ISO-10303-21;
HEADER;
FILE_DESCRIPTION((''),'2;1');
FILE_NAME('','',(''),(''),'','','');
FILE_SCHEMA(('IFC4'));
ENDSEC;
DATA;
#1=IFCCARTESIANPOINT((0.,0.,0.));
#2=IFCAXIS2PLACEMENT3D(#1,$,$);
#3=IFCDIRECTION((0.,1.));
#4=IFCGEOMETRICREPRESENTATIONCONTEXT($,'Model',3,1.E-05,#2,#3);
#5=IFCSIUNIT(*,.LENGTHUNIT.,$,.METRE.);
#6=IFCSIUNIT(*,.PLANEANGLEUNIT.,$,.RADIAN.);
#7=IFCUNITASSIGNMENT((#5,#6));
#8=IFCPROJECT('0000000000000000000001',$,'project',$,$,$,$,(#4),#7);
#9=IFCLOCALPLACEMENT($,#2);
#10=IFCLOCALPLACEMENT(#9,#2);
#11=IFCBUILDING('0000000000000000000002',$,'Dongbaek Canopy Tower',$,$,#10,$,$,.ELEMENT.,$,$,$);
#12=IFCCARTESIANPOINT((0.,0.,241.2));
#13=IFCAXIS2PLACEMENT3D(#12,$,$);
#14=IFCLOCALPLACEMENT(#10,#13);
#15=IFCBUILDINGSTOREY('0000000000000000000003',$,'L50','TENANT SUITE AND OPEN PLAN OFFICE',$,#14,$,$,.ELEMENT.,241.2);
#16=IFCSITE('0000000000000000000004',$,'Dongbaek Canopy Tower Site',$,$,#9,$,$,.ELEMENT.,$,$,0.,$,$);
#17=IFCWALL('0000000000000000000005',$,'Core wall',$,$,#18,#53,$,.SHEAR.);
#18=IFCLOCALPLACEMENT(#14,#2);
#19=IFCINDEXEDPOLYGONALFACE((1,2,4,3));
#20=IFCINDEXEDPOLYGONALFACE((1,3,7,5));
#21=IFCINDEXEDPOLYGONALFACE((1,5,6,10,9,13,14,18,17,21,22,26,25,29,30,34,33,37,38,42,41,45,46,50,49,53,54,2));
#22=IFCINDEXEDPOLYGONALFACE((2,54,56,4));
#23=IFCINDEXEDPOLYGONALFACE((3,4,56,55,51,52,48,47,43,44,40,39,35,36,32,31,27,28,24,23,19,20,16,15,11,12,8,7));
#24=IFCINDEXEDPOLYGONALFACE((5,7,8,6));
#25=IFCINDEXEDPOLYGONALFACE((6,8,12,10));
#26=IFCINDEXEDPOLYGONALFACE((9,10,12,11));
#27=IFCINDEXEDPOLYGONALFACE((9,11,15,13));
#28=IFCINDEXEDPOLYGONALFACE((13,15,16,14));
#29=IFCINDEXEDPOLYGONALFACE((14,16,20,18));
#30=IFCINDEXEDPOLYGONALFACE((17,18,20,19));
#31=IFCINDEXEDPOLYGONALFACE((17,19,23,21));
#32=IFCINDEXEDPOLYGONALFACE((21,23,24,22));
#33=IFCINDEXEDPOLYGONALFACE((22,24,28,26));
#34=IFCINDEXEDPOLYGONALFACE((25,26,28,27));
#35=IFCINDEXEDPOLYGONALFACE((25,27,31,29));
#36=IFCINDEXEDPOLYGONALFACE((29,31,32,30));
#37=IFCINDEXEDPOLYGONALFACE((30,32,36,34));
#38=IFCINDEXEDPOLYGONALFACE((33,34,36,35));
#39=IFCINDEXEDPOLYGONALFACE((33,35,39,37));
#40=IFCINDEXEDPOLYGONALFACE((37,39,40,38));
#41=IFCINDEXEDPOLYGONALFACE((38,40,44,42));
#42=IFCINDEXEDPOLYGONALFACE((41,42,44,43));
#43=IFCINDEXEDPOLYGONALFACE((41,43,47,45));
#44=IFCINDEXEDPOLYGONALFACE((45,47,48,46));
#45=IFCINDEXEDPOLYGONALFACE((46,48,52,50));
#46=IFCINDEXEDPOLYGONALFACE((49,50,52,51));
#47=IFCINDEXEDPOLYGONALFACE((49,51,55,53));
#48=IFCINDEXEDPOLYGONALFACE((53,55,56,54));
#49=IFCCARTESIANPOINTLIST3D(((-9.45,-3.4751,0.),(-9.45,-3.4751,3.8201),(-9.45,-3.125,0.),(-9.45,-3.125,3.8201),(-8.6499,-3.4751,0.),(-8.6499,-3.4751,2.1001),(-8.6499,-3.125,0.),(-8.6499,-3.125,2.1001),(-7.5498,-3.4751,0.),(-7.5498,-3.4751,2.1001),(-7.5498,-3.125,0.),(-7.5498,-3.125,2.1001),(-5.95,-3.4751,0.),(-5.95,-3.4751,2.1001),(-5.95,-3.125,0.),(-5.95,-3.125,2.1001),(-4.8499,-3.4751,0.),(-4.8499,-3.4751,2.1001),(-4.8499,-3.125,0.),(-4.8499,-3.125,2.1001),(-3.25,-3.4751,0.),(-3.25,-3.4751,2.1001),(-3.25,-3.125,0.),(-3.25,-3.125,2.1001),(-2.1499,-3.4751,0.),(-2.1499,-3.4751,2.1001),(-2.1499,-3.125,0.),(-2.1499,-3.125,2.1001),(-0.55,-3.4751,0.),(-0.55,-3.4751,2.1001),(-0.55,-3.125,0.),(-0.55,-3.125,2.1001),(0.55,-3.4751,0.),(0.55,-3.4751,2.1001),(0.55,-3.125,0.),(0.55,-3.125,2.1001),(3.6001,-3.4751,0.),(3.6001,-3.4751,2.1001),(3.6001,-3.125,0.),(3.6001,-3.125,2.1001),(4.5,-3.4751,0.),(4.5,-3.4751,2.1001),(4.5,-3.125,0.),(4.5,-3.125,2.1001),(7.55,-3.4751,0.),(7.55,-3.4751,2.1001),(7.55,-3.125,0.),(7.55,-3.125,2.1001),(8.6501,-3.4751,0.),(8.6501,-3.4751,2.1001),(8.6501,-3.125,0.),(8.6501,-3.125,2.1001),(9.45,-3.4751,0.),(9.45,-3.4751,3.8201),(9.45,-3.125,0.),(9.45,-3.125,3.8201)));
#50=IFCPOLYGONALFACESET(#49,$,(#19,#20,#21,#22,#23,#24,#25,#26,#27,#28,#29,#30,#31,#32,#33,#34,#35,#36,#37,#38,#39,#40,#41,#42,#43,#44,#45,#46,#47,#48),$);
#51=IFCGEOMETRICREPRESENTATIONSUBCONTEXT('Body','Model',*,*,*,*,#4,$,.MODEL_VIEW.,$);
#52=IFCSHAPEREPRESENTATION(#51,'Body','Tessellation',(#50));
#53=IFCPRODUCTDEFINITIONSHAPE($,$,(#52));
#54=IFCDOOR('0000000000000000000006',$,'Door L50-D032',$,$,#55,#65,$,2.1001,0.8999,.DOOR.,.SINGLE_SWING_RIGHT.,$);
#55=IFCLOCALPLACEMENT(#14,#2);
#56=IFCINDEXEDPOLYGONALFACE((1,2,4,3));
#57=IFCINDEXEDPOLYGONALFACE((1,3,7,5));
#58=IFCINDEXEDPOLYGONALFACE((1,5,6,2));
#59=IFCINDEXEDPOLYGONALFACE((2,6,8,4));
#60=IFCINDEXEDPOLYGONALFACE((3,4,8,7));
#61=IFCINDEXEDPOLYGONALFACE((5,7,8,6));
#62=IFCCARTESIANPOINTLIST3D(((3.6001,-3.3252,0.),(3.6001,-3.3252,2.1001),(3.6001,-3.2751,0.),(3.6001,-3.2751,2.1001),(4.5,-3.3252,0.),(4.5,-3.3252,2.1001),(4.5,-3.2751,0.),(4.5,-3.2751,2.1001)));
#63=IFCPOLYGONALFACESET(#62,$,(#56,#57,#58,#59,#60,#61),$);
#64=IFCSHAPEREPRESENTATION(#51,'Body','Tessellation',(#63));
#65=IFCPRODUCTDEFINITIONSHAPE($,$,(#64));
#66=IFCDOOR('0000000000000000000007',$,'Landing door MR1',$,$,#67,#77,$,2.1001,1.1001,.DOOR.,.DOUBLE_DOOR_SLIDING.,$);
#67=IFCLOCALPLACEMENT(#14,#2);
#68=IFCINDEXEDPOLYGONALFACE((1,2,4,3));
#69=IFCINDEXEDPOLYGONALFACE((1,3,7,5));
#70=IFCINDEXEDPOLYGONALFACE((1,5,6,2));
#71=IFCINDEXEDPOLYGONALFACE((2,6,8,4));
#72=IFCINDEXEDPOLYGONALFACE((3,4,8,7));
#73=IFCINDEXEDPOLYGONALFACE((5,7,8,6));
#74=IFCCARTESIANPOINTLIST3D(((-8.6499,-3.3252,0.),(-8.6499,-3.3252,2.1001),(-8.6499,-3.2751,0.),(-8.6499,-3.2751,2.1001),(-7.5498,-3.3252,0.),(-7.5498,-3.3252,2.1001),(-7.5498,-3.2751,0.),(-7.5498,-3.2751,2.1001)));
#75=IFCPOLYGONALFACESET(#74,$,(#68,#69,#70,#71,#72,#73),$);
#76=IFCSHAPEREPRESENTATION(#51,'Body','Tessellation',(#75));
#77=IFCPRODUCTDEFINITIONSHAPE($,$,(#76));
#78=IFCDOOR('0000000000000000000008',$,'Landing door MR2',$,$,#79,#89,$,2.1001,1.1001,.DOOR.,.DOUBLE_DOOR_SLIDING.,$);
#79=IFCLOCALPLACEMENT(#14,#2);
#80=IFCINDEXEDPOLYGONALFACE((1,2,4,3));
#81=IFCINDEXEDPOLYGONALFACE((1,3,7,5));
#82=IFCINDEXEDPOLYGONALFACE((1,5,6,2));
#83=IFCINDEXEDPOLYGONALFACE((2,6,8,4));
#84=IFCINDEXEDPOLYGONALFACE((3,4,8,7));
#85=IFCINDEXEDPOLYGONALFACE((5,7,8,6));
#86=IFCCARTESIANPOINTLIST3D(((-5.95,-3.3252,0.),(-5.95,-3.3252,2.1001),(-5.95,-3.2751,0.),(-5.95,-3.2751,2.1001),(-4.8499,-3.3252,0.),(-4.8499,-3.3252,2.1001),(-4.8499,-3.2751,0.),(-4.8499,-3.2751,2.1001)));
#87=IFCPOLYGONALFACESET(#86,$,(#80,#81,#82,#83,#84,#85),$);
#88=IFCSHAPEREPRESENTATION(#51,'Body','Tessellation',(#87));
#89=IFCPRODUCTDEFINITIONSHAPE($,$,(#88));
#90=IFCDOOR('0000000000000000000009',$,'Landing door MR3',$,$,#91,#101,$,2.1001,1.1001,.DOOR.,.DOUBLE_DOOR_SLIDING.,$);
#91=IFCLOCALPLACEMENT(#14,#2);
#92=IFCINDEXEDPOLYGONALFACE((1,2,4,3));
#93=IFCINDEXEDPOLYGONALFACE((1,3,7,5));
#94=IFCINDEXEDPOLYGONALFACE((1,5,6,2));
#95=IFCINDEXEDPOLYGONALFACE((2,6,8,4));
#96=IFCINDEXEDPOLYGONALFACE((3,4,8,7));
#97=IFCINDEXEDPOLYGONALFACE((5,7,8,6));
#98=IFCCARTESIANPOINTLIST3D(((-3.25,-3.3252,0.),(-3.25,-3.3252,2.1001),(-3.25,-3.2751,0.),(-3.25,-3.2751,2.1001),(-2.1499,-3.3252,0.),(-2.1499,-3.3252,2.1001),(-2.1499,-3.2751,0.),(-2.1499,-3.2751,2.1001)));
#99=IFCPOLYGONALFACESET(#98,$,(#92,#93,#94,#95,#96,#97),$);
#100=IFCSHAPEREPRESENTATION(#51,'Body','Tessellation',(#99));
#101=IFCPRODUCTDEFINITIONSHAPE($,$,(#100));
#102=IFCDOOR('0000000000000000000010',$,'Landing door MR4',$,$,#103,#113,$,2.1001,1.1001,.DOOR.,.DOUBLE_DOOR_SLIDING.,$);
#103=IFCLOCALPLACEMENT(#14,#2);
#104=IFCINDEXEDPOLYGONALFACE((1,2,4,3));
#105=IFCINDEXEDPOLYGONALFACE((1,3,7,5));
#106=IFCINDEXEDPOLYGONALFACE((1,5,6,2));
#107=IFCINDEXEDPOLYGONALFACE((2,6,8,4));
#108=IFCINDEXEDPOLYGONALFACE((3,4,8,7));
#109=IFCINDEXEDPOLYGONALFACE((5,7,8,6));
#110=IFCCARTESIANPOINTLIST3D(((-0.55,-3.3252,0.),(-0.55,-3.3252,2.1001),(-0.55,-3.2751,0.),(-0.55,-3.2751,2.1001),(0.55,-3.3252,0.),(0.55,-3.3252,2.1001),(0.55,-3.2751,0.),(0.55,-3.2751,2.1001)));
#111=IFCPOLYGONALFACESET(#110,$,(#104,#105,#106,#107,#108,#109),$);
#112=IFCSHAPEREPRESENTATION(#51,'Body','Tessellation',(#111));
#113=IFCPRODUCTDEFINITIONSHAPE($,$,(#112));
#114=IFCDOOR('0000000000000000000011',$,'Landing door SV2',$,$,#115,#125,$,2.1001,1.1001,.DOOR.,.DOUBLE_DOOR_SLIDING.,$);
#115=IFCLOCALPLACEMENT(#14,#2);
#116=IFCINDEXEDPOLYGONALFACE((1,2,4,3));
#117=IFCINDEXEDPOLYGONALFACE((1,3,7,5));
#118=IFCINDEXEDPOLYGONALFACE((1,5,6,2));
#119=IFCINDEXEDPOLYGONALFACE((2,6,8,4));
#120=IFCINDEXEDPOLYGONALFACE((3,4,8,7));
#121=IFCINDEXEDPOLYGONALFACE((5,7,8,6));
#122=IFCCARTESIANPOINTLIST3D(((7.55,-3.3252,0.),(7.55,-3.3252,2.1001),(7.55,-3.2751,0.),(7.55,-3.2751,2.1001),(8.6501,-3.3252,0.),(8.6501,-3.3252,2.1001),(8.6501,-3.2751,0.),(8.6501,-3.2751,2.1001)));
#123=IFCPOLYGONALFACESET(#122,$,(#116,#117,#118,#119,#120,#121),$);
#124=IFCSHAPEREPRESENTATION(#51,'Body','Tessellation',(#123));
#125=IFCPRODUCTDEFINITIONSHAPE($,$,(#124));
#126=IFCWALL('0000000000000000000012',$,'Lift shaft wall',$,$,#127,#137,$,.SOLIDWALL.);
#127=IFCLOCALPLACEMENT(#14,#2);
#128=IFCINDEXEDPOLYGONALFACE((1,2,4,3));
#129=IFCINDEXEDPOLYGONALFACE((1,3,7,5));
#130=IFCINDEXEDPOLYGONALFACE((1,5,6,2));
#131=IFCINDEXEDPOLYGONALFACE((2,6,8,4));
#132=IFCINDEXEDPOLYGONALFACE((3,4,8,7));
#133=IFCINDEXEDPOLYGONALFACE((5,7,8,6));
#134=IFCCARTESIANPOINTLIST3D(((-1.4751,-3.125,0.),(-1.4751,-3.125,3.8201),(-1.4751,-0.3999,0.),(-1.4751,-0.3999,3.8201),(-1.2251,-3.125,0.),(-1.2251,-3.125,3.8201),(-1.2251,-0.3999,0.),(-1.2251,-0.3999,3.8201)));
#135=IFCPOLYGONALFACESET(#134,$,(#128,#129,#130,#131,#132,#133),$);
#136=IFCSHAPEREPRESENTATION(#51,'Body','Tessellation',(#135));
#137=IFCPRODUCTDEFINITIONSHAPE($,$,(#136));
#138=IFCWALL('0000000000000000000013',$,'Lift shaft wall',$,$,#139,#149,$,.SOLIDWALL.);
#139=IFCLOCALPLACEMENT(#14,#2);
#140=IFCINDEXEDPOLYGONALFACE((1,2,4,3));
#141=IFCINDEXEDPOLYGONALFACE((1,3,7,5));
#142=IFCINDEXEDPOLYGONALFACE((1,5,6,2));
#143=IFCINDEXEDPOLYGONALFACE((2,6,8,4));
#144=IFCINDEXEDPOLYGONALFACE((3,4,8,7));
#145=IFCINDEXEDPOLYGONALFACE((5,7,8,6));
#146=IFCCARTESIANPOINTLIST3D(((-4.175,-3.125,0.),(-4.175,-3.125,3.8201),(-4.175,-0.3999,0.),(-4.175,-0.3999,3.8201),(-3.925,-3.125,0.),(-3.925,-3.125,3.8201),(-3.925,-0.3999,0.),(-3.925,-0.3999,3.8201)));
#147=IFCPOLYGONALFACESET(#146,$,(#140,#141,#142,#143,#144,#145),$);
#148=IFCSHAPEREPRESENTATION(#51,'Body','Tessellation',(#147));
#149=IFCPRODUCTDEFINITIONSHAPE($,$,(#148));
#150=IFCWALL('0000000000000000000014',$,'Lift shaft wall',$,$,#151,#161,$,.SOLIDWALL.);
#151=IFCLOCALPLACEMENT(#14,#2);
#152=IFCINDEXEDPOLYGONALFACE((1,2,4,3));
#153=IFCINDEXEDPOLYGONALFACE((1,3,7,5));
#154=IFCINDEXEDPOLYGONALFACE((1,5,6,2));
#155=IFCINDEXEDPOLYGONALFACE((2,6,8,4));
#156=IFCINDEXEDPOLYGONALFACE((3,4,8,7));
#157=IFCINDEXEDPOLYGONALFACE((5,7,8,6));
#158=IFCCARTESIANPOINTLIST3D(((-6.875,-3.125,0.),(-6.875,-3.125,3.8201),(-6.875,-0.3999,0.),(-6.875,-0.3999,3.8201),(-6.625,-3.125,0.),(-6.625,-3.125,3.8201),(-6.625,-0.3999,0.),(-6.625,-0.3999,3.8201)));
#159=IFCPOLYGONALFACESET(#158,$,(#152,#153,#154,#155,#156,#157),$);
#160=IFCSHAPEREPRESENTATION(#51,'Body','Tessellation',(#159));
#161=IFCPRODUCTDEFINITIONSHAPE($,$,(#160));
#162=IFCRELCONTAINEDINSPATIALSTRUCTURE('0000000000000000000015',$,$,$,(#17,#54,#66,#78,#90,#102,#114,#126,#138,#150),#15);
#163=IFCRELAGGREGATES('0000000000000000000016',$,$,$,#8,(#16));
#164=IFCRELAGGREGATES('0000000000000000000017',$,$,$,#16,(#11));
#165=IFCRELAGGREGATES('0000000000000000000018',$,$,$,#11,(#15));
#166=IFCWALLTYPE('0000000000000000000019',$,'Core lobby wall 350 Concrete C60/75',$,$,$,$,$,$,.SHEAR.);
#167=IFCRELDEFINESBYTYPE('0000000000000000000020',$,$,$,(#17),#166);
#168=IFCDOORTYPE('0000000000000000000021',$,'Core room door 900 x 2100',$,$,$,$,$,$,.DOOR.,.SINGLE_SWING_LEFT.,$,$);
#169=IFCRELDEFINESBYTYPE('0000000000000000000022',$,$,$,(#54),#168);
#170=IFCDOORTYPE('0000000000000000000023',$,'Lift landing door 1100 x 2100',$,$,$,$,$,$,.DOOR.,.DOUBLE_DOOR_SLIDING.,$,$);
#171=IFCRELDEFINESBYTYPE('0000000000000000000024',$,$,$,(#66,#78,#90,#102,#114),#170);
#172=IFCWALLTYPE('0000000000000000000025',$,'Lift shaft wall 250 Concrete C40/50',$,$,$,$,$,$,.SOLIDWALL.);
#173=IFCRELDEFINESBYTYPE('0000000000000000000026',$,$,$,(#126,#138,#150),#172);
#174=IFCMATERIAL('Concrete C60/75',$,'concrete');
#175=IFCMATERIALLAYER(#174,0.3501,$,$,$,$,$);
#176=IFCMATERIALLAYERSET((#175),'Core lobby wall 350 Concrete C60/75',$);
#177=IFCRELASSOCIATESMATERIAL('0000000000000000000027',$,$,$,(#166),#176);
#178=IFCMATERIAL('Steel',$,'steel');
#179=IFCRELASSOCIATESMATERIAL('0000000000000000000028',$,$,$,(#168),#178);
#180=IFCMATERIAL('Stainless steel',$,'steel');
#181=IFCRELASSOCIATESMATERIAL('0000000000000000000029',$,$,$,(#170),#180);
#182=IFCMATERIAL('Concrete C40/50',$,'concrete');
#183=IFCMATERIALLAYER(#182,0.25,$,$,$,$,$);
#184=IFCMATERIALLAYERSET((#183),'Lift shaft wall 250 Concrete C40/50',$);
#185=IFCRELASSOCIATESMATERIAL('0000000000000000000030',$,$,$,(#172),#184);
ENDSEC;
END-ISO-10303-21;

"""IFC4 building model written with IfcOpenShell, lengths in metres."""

from ifc_helpers import new_model, si_unit, direction, frame, frame_2d, origin, place, context, subcontext, project, spatial, rectangle, extrude, material, layer, layer_set, type_object, element, fill, save


model = new_model("IFC4")

# Units and contexts
model_context = context("Model", 3, precision=1e-05, world=origin(), true_north=direction((0.0, 1.0)))
body_context = subcontext(model_context, "Body", "Model", "MODEL_VIEW")
ifc_project = project(units=[si_unit("LENGTHUNIT", "METRE"), si_unit("PLANEANGLEUNIT", "RADIAN")], contexts=[model_context])

# Site, building, storey
site_placement = place(None, origin())
site = spatial("IfcSite", under=ifc_project, at=site_placement, Name="Dongbaek Canopy Tower Site", CompositionType="ELEMENT", RefElevation=0.0)
building_placement = place(site_placement, origin())
building = spatial("IfcBuilding", under=site, at=building_placement, Name="Dongbaek Canopy Tower", CompositionType="ELEMENT")
storey_placement = place(building_placement, frame((0.0, 0.0, 241.2)))
storey = spatial("IfcBuildingStorey", under=building, at=storey_placement, Name="L50", Description="TENANT SUITE AND OPEN PLAN OFFICE", CompositionType="ELEMENT", Elevation=241.2)

# Wall, openings, doors
ifc_material_1 = material(Name="Concrete C60/75", Category="concrete")
ifc_layer_1 = layer(ifc_material_1, 0.3501)
ifc_layer_set_1 = layer_set([ifc_layer_1], Name="Core lobby wall 350 Concrete C60/75")
wall_type_1 = type_object("IfcWallType", Name="Core lobby wall 350 Concrete C60/75", PredefinedType="SHEAR", material=ifc_layer_set_1)
wall_1_placement = place(storey_placement, frame((-9.45, -3.3, 0.0), z_axis=(0.0, 0.0, 1.0), x_axis=(1.0, 0.0, 0.0)))
wall_1 = element("IfcWall", 1, at=wall_1_placement, inside=storey, type_object=wall_type_1, Name="Core wall", PredefinedType="SHEAR", context=body_context, shape_type="SweptSolid", body=[
    extrude(rectangle(XDim=18.8999, YDim=0.3501, at=frame_2d((9.45, 0.0))), origin(), (0.0, 0.0, 1.0), 3.8201),
])
opening_1_placement = place(wall_1_placement, frame((0.8, 0.0, 0.0)))
opening_1 = element("IfcOpeningElement", 2, at=opening_1_placement, cuts=wall_1, PredefinedType="OPENING", context=body_context, shape_type="SweptSolid", body=[
    extrude(rectangle(XDim=1.1001, YDim=2.1001, at=frame_2d((0.55, 1.05))), frame((0.0, 0.1851, 0.0), z_axis=(0.0, -1.0, 0.0), x_axis=(1.0, 0.0, 0.0)), (0.0, 0.0, 1.0), 0.3701),
])
opening_2_placement = place(wall_1_placement, frame((3.5, 0.0, 0.0)))
opening_2 = element("IfcOpeningElement", 3, at=opening_2_placement, cuts=wall_1, PredefinedType="OPENING", context=body_context, shape_type="SweptSolid", body=[
    extrude(rectangle(XDim=1.1001, YDim=2.1001, at=frame_2d((0.55, 1.05))), frame((0.0, 0.1851, 0.0), z_axis=(0.0, -1.0, 0.0), x_axis=(1.0, 0.0, 0.0)), (0.0, 0.0, 1.0), 0.3701),
])
opening_3_placement = place(wall_1_placement, frame((6.2, 0.0, 0.0)))
opening_3 = element("IfcOpeningElement", 4, at=opening_3_placement, cuts=wall_1, PredefinedType="OPENING", context=body_context, shape_type="SweptSolid", body=[
    extrude(rectangle(XDim=1.1001, YDim=2.1001, at=frame_2d((0.55, 1.05))), frame((0.0, 0.1851, 0.0), z_axis=(0.0, -1.0, 0.0), x_axis=(1.0, 0.0, 0.0)), (0.0, 0.0, 1.0), 0.3701),
])
opening_4_placement = place(wall_1_placement, frame((8.8999, 0.0, 0.0)))
opening_4 = element("IfcOpeningElement", 5, at=opening_4_placement, cuts=wall_1, PredefinedType="OPENING", context=body_context, shape_type="SweptSolid", body=[
    extrude(rectangle(XDim=1.1001, YDim=2.1001, at=frame_2d((0.55, 1.05))), frame((0.0, 0.1851, 0.0), z_axis=(0.0, -1.0, 0.0), x_axis=(1.0, 0.0, 0.0)), (0.0, 0.0, 1.0), 0.3701),
])
opening_5_placement = place(wall_1_placement, frame((17.0, 0.0, 0.0)))
opening_5 = element("IfcOpeningElement", 6, at=opening_5_placement, cuts=wall_1, PredefinedType="OPENING", context=body_context, shape_type="SweptSolid", body=[
    extrude(rectangle(XDim=1.1001, YDim=2.1001, at=frame_2d((0.55, 1.05))), frame((0.0, 0.1851, 0.0), z_axis=(0.0, -1.0, 0.0), x_axis=(1.0, 0.0, 0.0)), (0.0, 0.0, 1.0), 0.3701),
])
opening_6_placement = place(wall_1_placement, frame((13.05, 0.0, 0.0)))
opening_6 = element("IfcOpeningElement", 7, at=opening_6_placement, cuts=wall_1, PredefinedType="OPENING", context=body_context, shape_type="SweptSolid", body=[
    extrude(rectangle(XDim=0.8999, YDim=2.1001, at=frame_2d((0.45, 1.05))), frame((0.0, 0.1851, 0.0), z_axis=(0.0, -1.0, 0.0), x_axis=(1.0, 0.0, 0.0)), (0.0, 0.0, 1.0), 0.3701),
])
ifc_material_2 = material(Name="Steel", Category="steel")
door_type_1 = type_object("IfcDoorType", Name="Core room door 900 x 2100", OperationType="SINGLE_SWING_LEFT", PredefinedType="DOOR", material=ifc_material_2)
door_1_placement = place(opening_6_placement, origin())
door_1 = element("IfcDoor", 8, at=door_1_placement, inside=storey, type_object=door_type_1, Name="Door L50-D032", OperationType="SINGLE_SWING_RIGHT", OverallHeight=2.1001, OverallWidth=0.8999, PredefinedType="DOOR", context=body_context, shape_type="SweptSolid", body=[
    extrude(rectangle(XDim=0.8999, YDim=2.1001, at=frame_2d((0.45, 1.05))), frame((0.0, 0.0249, 0.0), z_axis=(0.0, -1.0, 0.0), x_axis=(1.0, 0.0, 0.0)), (0.0, 0.0, 1.0), 0.05),
])
fill(opening_6, door_1)
ifc_material_3 = material(Name="Stainless steel", Category="steel")
door_type_2 = type_object("IfcDoorType", Name="Lift landing door 1100 x 2100", OperationType="DOUBLE_DOOR_SLIDING", PredefinedType="DOOR", material=ifc_material_3)
door_2_placement = place(opening_1_placement, origin())
door_2 = element("IfcDoor", 9, at=door_2_placement, inside=storey, type_object=door_type_2, Name="Landing door MR1", OperationType="DOUBLE_DOOR_SLIDING", OverallHeight=2.1001, OverallWidth=1.1001, PredefinedType="DOOR", context=body_context, shape_type="SweptSolid", body=[
    extrude(rectangle(XDim=1.1001, YDim=2.1001, at=frame_2d((0.55, 1.05))), frame((0.0, 0.0249, 0.0), z_axis=(0.0, -1.0, 0.0), x_axis=(1.0, 0.0, 0.0)), (0.0, 0.0, 1.0), 0.05),
])
fill(opening_1, door_2)
door_3_placement = place(opening_2_placement, origin())
door_3 = element("IfcDoor", 10, at=door_3_placement, inside=storey, type_object=door_type_2, Name="Landing door MR2", OperationType="DOUBLE_DOOR_SLIDING", OverallHeight=2.1001, OverallWidth=1.1001, PredefinedType="DOOR", context=body_context, shape_type="SweptSolid", body=[
    extrude(rectangle(XDim=1.1001, YDim=2.1001, at=frame_2d((0.55, 1.05))), frame((0.0, 0.0249, 0.0), z_axis=(0.0, -1.0, 0.0), x_axis=(1.0, 0.0, 0.0)), (0.0, 0.0, 1.0), 0.05),
])
fill(opening_2, door_3)
door_4_placement = place(opening_3_placement, origin())
door_4 = element("IfcDoor", 11, at=door_4_placement, inside=storey, type_object=door_type_2, Name="Landing door MR3", OperationType="DOUBLE_DOOR_SLIDING", OverallHeight=2.1001, OverallWidth=1.1001, PredefinedType="DOOR", context=body_context, shape_type="SweptSolid", body=[
    extrude(rectangle(XDim=1.1001, YDim=2.1001, at=frame_2d((0.55, 1.05))), frame((0.0, 0.0249, 0.0), z_axis=(0.0, -1.0, 0.0), x_axis=(1.0, 0.0, 0.0)), (0.0, 0.0, 1.0), 0.05),
])
fill(opening_3, door_4)
door_5_placement = place(opening_4_placement, origin())
door_5 = element("IfcDoor", 12, at=door_5_placement, inside=storey, type_object=door_type_2, Name="Landing door MR4", OperationType="DOUBLE_DOOR_SLIDING", OverallHeight=2.1001, OverallWidth=1.1001, PredefinedType="DOOR", context=body_context, shape_type="SweptSolid", body=[
    extrude(rectangle(XDim=1.1001, YDim=2.1001, at=frame_2d((0.55, 1.05))), frame((0.0, 0.0249, 0.0), z_axis=(0.0, -1.0, 0.0), x_axis=(1.0, 0.0, 0.0)), (0.0, 0.0, 1.0), 0.05),
])
fill(opening_4, door_5)
door_6_placement = place(opening_5_placement, origin())
door_6 = element("IfcDoor", 13, at=door_6_placement, inside=storey, type_object=door_type_2, Name="Landing door SV2", OperationType="DOUBLE_DOOR_SLIDING", OverallHeight=2.1001, OverallWidth=1.1001, PredefinedType="DOOR", context=body_context, shape_type="SweptSolid", body=[
    extrude(rectangle(XDim=1.1001, YDim=2.1001, at=frame_2d((0.55, 1.05))), frame((0.0, 0.0249, 0.0), z_axis=(0.0, -1.0, 0.0), x_axis=(1.0, 0.0, 0.0)), (0.0, 0.0, 1.0), 0.05),
])
fill(opening_5, door_6)

# Walls
ifc_material_4 = material(Name="Concrete C40/50", Category="concrete")
ifc_layer_2 = layer(ifc_material_4, 0.25)
ifc_layer_set_2 = layer_set([ifc_layer_2], Name="Lift shaft wall 250 Concrete C40/50")
wall_type_2 = type_object("IfcWallType", Name="Lift shaft wall 250 Concrete C40/50", PredefinedType="SOLIDWALL", material=ifc_layer_set_2)
for number, where, z_axis, x_axis, name in (
    (14, (-1.3501, -3.125, 0.0), (0.0, 0.0, 1.0), (0.0, 1.0, 0.0), "Lift shaft wall"),
    (15, (-4.05, -3.125, 0.0), (0.0, 0.0, 1.0), (0.0, 1.0, 0.0), "Lift shaft wall"),
    (16, (-6.75, -3.125, 0.0), (0.0, 0.0, 1.0), (0.0, 1.0, 0.0), "Lift shaft wall"),
):
    element("IfcWall", number, at=place(storey_placement, frame(where, z_axis=z_axis, x_axis=x_axis)), inside=storey, type_object=wall_type_2, Name=name, PredefinedType="SOLIDWALL", context=body_context, shape_type="SweptSolid", body=[
        extrude(rectangle(XDim=2.7251, YDim=0.25, at=frame_2d((1.3625, 0.0))), origin(), (0.0, 0.0, 1.0), 3.8201),
    ])

save(model, "model.ifc")
